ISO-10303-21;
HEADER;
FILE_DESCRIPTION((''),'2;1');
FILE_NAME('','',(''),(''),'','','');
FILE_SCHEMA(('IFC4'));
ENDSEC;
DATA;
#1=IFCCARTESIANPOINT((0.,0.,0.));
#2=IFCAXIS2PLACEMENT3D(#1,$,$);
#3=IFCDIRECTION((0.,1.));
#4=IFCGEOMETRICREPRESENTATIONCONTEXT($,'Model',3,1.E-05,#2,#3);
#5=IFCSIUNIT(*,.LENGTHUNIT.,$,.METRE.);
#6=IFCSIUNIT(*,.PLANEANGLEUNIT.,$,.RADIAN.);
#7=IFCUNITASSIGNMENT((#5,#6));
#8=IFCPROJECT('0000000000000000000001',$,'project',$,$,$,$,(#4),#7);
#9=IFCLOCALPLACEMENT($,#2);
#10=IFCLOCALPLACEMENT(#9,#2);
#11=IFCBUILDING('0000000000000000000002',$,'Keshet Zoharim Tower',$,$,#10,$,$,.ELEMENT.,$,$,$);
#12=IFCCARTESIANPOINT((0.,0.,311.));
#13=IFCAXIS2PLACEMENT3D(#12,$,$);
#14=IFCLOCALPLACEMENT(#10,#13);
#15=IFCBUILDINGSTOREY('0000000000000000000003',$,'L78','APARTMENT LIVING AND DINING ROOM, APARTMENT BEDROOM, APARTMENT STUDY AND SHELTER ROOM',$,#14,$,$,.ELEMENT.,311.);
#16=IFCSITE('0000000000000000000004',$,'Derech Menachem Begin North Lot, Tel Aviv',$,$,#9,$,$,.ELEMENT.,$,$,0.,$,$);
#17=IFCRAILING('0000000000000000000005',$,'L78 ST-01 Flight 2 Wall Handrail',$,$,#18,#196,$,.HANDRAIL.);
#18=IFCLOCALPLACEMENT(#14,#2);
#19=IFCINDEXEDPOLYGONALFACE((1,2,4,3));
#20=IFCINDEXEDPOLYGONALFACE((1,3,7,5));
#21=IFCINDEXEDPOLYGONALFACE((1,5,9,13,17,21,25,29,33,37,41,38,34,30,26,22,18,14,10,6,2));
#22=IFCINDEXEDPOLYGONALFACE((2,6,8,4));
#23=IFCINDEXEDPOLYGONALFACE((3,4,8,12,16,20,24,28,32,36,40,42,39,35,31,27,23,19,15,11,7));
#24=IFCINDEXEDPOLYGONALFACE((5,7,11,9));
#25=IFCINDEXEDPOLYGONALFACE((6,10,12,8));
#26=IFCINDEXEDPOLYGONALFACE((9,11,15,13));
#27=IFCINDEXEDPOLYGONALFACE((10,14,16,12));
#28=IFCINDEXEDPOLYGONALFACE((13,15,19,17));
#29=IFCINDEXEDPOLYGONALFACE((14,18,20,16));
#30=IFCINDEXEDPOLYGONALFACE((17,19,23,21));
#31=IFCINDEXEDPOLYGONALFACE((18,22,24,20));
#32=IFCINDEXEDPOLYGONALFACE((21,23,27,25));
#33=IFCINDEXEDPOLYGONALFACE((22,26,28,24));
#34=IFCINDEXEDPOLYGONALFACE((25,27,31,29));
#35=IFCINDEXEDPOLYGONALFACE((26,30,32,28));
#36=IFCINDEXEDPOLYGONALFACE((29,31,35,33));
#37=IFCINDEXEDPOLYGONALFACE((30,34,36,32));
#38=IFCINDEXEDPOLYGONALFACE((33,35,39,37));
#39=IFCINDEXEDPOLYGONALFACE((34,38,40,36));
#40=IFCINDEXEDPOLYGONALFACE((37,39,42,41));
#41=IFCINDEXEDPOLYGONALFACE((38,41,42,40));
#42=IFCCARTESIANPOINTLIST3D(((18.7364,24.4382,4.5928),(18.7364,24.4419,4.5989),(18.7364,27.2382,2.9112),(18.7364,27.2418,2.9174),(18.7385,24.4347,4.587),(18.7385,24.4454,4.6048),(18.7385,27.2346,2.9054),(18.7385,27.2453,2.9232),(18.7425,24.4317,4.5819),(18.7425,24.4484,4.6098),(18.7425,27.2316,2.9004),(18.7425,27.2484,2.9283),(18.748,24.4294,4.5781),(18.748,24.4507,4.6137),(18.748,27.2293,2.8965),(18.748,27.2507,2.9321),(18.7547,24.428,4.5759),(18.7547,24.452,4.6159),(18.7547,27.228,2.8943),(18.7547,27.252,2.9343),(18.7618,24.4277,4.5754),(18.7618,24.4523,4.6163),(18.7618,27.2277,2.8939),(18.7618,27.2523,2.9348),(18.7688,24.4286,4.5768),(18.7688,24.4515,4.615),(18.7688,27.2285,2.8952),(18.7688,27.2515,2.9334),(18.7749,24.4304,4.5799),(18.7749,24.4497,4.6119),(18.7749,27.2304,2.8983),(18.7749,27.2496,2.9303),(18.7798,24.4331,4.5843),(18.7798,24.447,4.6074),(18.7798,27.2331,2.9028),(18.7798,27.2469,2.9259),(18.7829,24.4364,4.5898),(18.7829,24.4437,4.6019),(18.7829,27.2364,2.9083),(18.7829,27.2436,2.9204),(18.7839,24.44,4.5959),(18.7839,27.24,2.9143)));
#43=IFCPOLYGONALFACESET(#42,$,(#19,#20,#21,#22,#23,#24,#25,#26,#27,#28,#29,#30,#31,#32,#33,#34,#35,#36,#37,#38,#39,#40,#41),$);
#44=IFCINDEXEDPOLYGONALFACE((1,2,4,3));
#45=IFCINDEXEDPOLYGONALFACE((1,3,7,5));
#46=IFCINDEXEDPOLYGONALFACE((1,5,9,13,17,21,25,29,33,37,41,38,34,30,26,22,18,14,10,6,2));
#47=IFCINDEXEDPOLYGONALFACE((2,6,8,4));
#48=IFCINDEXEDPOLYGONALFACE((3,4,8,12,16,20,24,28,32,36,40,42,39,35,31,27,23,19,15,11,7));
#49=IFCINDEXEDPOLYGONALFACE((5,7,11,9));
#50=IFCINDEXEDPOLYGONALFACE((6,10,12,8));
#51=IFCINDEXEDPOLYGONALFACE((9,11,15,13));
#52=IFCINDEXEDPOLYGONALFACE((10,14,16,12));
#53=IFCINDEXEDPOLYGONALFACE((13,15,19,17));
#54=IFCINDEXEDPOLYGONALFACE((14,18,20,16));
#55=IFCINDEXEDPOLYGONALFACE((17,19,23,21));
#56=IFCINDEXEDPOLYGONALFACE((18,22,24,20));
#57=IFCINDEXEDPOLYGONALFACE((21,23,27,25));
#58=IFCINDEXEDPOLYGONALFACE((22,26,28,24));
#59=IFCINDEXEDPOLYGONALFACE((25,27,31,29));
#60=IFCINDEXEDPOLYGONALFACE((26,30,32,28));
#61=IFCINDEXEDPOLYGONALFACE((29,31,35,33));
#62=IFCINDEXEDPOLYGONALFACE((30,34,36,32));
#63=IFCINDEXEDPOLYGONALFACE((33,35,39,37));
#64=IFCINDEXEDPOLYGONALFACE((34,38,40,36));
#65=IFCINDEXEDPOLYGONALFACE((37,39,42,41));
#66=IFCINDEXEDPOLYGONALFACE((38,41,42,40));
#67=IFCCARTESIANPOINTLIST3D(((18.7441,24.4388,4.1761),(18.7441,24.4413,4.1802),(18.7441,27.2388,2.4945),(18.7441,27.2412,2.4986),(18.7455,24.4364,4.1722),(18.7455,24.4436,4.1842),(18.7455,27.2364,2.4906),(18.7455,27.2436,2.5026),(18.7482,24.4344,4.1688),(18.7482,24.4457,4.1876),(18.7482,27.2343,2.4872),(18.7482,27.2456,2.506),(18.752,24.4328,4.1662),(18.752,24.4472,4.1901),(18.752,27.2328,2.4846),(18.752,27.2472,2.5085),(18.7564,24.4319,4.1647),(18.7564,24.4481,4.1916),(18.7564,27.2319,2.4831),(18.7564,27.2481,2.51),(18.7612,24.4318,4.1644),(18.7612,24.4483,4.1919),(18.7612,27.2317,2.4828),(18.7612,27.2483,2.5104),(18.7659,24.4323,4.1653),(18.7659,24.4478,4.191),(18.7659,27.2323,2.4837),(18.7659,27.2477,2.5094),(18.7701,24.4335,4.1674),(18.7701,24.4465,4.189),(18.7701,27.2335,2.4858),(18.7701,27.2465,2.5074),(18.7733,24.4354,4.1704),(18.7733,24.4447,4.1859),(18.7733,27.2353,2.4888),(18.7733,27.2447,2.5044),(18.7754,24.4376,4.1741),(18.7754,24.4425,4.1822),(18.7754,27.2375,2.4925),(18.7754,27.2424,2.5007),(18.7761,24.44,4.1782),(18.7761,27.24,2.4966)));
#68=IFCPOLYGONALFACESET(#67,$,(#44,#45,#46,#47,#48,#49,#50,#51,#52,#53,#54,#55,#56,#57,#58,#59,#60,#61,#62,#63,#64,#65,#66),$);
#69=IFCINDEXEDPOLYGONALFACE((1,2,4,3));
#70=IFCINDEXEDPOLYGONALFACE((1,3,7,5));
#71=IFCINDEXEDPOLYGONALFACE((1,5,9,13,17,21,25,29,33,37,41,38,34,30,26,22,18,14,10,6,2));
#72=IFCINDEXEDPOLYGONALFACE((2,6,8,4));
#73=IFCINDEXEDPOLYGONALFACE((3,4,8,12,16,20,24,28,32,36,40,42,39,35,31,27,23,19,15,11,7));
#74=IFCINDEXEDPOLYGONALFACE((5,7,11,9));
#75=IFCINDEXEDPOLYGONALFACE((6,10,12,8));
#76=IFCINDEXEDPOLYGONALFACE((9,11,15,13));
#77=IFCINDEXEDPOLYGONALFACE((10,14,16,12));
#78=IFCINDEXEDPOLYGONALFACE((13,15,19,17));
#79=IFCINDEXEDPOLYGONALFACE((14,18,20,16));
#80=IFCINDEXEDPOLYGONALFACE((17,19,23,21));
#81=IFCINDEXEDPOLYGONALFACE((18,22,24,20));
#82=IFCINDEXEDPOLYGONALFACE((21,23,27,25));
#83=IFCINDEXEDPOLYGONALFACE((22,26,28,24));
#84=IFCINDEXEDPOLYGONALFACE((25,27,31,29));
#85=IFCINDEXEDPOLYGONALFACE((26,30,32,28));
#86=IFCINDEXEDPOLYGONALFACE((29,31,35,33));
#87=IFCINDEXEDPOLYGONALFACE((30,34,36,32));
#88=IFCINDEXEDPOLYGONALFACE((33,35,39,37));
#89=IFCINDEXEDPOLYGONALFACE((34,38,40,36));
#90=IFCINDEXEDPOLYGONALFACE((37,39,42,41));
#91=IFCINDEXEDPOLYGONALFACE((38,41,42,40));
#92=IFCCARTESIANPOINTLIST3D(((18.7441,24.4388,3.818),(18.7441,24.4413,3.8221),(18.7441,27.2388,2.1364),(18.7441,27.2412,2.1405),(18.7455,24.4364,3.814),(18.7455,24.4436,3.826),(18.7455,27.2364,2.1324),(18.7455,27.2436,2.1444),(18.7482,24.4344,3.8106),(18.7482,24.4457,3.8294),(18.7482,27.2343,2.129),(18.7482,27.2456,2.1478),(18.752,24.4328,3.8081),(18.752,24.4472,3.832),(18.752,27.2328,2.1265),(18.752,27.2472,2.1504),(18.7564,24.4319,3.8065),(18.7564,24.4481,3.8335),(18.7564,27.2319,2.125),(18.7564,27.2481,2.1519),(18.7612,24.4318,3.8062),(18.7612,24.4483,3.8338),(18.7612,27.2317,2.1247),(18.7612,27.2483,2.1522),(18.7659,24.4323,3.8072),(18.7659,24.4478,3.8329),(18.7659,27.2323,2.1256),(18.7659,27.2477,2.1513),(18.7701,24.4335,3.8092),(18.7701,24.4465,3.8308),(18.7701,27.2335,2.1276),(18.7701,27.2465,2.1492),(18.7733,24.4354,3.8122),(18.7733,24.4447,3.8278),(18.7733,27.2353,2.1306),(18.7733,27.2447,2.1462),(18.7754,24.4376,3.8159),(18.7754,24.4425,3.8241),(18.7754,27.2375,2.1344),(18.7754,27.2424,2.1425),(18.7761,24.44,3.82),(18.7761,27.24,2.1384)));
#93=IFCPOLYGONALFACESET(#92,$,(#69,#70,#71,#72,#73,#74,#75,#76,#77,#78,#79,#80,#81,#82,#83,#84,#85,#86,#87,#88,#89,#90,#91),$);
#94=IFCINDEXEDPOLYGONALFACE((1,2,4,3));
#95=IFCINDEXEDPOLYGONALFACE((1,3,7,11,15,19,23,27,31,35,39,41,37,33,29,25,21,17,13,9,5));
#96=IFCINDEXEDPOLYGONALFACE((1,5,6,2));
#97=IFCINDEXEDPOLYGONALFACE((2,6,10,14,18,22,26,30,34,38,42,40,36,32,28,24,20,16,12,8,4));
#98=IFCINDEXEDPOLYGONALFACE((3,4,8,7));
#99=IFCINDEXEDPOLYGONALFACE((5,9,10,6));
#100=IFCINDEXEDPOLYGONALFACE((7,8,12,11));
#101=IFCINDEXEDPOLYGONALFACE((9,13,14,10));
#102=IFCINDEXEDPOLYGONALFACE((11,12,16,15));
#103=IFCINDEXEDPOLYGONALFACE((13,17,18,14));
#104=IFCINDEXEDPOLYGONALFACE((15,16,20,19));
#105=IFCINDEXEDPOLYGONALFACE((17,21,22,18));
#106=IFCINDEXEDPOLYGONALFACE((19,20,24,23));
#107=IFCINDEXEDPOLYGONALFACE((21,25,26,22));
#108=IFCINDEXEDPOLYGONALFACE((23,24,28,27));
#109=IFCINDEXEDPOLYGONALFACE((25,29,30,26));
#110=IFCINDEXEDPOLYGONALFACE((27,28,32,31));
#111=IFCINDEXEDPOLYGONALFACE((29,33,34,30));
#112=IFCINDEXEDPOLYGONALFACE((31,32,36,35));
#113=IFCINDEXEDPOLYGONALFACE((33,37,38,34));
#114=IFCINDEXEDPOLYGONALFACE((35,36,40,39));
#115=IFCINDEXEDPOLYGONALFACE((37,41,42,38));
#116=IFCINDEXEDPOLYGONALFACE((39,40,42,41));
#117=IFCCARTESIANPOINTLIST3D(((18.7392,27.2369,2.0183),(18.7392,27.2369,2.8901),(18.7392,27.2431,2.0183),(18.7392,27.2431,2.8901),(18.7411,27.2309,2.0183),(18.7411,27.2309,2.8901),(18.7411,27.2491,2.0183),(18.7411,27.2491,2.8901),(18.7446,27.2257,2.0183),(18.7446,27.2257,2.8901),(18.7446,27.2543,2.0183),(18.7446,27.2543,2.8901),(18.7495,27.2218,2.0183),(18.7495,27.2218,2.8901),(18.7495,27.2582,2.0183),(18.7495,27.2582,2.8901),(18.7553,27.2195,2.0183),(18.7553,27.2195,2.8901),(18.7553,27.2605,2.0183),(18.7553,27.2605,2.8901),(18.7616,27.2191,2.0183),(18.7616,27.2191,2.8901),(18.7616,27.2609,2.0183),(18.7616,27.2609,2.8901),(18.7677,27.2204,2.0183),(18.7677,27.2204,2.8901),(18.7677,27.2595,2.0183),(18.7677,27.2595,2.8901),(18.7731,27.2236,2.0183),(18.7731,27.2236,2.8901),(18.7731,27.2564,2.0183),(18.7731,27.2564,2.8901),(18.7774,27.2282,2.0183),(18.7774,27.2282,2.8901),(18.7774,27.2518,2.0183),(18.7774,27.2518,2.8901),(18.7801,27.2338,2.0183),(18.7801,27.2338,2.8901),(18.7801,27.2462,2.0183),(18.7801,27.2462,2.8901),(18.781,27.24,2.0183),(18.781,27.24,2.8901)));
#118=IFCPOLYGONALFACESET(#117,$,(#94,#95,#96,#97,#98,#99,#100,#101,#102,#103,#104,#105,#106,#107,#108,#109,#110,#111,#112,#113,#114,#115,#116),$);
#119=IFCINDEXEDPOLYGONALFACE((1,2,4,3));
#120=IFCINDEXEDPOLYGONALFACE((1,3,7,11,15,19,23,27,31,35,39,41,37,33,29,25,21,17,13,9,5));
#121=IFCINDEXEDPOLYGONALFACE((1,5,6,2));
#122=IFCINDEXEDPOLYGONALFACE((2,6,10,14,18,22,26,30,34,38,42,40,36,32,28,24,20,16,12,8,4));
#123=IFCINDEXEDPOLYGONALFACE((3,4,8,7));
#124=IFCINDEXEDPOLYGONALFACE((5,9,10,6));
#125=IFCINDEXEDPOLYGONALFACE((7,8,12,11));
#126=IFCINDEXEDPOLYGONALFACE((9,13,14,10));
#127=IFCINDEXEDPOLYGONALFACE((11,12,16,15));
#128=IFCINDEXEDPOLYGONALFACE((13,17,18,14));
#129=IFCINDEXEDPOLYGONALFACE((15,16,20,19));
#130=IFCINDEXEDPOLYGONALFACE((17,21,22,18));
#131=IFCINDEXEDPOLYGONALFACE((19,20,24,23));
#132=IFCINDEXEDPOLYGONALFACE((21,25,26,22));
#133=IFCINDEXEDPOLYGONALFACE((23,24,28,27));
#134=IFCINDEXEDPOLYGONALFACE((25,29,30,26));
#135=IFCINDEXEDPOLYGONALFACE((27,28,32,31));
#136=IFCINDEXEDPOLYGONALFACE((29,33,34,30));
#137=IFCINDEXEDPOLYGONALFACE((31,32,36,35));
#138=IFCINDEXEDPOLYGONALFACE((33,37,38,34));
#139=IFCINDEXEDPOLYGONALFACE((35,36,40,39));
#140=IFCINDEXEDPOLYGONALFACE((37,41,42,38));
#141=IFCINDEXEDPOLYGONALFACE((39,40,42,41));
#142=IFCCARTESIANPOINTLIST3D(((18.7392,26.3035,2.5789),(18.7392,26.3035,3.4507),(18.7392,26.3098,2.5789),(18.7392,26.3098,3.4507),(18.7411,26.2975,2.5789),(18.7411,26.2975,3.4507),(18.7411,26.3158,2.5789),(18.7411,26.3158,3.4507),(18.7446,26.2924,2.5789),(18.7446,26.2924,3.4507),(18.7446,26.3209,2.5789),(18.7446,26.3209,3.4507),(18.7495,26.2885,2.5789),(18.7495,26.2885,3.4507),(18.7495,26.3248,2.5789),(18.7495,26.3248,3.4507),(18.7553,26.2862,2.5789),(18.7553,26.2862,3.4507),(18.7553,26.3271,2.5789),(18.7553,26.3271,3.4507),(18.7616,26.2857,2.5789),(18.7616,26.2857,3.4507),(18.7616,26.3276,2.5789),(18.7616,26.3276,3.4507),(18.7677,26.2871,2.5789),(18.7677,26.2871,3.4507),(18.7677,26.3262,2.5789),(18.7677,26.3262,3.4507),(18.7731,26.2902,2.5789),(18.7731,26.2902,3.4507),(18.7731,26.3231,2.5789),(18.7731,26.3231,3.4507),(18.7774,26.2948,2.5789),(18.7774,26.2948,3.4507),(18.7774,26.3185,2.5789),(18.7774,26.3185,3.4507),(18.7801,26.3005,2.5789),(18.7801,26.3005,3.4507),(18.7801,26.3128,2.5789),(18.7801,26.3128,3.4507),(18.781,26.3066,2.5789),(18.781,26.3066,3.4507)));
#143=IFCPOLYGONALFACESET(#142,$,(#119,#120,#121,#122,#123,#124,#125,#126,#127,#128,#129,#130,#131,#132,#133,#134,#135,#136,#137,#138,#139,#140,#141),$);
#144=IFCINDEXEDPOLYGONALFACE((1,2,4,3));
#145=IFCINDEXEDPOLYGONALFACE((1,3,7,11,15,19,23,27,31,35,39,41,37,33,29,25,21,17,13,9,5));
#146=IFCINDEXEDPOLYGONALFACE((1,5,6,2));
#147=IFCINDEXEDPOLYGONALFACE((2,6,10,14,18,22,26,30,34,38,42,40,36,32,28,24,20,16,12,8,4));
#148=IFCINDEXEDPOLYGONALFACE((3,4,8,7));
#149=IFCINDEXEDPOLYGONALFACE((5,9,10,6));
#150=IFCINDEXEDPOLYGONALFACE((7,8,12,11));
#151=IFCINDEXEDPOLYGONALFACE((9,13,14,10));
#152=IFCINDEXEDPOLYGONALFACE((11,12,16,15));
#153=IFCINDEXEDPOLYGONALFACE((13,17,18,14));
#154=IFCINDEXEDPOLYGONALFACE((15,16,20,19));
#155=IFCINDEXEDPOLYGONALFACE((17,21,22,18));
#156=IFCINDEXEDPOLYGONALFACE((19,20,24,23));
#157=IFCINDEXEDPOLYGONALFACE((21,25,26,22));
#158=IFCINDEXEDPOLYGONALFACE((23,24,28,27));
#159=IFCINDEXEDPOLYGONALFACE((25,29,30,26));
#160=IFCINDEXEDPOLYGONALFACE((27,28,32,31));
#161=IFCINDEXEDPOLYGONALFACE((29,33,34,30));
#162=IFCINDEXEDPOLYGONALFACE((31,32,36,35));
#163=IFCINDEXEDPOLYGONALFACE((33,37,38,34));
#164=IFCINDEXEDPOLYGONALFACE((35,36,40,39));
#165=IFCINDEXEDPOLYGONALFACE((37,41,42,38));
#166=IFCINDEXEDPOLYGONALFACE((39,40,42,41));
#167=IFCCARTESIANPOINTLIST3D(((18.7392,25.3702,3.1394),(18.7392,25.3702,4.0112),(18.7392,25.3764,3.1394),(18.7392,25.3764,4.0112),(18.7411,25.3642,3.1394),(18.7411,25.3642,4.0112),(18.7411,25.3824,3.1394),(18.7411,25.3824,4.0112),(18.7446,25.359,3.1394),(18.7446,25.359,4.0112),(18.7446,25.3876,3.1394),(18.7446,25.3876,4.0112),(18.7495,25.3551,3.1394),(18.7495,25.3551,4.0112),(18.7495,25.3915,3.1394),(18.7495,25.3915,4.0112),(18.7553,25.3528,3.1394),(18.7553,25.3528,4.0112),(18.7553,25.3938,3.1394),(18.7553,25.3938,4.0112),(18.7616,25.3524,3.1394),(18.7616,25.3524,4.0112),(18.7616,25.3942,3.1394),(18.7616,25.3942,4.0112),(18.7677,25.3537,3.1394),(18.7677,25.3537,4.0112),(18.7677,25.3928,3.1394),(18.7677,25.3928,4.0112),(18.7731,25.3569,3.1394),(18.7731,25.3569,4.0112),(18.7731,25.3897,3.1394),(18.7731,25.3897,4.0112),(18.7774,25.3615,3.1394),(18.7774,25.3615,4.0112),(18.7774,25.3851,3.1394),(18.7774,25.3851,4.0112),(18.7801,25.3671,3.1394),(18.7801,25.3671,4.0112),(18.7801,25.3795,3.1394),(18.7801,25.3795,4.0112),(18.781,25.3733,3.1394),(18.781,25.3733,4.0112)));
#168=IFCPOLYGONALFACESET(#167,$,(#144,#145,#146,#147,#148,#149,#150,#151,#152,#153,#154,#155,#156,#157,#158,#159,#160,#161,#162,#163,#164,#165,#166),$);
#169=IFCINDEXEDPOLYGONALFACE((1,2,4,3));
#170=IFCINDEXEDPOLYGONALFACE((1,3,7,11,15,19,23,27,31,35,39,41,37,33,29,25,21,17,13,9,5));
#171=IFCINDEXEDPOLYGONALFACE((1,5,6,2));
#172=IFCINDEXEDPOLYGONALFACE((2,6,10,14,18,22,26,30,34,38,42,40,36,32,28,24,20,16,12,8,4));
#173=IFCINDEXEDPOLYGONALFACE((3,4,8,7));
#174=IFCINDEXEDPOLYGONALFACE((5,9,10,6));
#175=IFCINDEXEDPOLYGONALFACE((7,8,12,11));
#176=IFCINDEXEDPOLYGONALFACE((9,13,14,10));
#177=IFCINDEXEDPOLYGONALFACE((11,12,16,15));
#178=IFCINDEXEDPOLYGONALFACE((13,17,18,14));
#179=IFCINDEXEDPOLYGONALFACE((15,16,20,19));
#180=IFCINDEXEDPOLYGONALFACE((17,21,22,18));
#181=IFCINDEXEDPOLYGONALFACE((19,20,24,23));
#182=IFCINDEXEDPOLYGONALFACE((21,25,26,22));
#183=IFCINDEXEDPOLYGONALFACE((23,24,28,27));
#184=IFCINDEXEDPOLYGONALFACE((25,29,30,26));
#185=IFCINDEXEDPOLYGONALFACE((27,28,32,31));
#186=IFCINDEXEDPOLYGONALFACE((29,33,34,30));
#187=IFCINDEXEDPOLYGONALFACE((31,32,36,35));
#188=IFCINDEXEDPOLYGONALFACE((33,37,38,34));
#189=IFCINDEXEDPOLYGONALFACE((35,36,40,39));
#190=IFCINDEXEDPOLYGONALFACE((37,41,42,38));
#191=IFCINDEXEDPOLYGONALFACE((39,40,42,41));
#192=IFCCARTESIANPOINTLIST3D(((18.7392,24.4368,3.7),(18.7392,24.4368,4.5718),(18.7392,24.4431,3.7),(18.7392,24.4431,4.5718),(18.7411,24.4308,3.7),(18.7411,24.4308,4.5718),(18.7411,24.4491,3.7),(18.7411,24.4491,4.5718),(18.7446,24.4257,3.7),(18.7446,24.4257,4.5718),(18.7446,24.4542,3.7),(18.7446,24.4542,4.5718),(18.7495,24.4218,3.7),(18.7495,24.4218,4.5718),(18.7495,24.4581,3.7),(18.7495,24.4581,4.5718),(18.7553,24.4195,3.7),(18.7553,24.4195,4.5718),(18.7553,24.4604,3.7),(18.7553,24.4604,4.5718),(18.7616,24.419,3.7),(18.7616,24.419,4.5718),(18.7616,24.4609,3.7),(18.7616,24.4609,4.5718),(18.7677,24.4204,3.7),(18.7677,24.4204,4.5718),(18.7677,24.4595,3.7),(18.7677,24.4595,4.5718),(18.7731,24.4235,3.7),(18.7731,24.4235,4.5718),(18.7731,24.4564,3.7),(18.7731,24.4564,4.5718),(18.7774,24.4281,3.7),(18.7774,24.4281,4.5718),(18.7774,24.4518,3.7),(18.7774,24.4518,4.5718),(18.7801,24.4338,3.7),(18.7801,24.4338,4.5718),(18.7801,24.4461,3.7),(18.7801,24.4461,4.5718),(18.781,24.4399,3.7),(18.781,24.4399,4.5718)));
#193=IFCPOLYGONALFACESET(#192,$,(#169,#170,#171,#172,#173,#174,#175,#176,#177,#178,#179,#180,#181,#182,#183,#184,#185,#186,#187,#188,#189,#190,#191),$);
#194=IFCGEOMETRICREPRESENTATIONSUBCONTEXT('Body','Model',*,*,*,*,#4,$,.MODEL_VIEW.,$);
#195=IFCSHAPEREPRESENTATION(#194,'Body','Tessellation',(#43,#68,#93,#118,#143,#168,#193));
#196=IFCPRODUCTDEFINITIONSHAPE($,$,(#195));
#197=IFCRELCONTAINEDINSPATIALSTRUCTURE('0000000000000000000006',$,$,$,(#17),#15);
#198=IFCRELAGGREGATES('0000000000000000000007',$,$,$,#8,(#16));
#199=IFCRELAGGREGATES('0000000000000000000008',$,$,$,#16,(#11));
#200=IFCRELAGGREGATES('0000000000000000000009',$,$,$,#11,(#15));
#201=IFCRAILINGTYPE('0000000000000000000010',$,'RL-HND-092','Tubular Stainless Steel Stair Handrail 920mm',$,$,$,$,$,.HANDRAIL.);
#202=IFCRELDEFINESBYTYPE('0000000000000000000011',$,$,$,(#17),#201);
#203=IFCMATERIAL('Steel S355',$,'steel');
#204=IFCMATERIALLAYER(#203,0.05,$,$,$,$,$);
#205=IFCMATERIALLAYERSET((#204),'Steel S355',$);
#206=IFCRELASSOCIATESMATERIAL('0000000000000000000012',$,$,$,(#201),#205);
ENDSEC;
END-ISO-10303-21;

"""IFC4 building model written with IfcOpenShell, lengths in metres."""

from ifc_helpers import new_model, si_unit, direction, frame, origin, origin_2d, place, context, subcontext, project, spatial, circle, extrude, material, layer, layer_set, type_object, element, save


model = new_model("IFC4")

# Units and contexts
model_context = context("Model", 3, precision=1e-05, world=origin(), true_north=direction((0.0, 1.0)))
body_context = subcontext(model_context, "Body", "Model", "MODEL_VIEW")
ifc_project = project(units=[si_unit("LENGTHUNIT", "METRE"), si_unit("PLANEANGLEUNIT", "RADIAN")], contexts=[model_context])

# Site, building, storey
site_placement = place(None, origin())
site = spatial("IfcSite", under=ifc_project, at=site_placement, Name="Derech Menachem Begin North Lot, Tel Aviv", CompositionType="ELEMENT", RefElevation=0.0)
building_placement = place(site_placement, origin())
building = spatial("IfcBuilding", under=site, at=building_placement, Name="Keshet Zoharim Tower", CompositionType="ELEMENT")
storey_placement = place(building_placement, frame((0.0, 0.0, 311.0)))
storey = spatial("IfcBuildingStorey", under=building, at=storey_placement, Name="L78", Description="APARTMENT LIVING AND DINING ROOM, APARTMENT BEDROOM, APARTMENT STUDY AND SHELTER ROOM", CompositionType="ELEMENT", Elevation=311.0)

# Shared definitions
ifc_material_1 = material(Name="Steel S355", Category="steel")

# Railing
ifc_layer_1 = layer(ifc_material_1, 0.05)
ifc_layer_set_1 = layer_set([ifc_layer_1], Name="Steel S355")
railing_type_1 = type_object("IfcRailingType", Name="RL-HND-092", Description="Tubular Stainless Steel Stair Handrail 920mm", PredefinedType="HANDRAIL", material=ifc_layer_set_1)
railing_1_placement = place(storey_placement, frame((18.76, 27.24, 2.0183)))
element("IfcRailing", 1, at=railing_1_placement, inside=storey, type_object=railing_type_1, Name="L78 ST-01 Flight 2 Wall Handrail", PredefinedType="HANDRAIL", context=body_context, shape_type="SweptSolid", body=[
    extrude(circle(Radius=0.0239, at=origin_2d()), frame((0.0, 0.0, 0.896), z_axis=(0.0, -0.857275, 0.514858), x_axis=(1.0, 0.0, 0.0)), (0.0, 0.0, 1.0), 3.2661),
    extrude(circle(Radius=0.0161, at=origin_2d()), frame((0.0, 0.0, 0.4783), z_axis=(0.0, -0.857275, 0.514858), x_axis=(1.0, 0.0, 0.0)), (0.0, 0.0, 1.0), 3.2661),
    extrude(circle(Radius=0.0161, at=origin_2d()), frame((0.0, 0.0, 0.1201), z_axis=(0.0, -0.857275, 0.514858), x_axis=(1.0, 0.0, 0.0)), (0.0, 0.0, 1.0), 3.2661),
    extrude(circle(Radius=0.021, at=origin_2d()), origin(), (0.0, 0.0, 1.0), 0.8718),
    extrude(circle(Radius=0.021, at=origin_2d()), frame((0.0, -0.9333, 0.5605)), (0.0, 0.0, 1.0), 0.8718),
    extrude(circle(Radius=0.021, at=origin_2d()), frame((0.0, -1.8667, 1.1211)), (0.0, 0.0, 1.0), 0.8718),
    extrude(circle(Radius=0.021, at=origin_2d()), frame((0.0, -2.8, 1.6816)), (0.0, 0.0, 1.0), 0.8718),
])

save(model, "model.ifc")
